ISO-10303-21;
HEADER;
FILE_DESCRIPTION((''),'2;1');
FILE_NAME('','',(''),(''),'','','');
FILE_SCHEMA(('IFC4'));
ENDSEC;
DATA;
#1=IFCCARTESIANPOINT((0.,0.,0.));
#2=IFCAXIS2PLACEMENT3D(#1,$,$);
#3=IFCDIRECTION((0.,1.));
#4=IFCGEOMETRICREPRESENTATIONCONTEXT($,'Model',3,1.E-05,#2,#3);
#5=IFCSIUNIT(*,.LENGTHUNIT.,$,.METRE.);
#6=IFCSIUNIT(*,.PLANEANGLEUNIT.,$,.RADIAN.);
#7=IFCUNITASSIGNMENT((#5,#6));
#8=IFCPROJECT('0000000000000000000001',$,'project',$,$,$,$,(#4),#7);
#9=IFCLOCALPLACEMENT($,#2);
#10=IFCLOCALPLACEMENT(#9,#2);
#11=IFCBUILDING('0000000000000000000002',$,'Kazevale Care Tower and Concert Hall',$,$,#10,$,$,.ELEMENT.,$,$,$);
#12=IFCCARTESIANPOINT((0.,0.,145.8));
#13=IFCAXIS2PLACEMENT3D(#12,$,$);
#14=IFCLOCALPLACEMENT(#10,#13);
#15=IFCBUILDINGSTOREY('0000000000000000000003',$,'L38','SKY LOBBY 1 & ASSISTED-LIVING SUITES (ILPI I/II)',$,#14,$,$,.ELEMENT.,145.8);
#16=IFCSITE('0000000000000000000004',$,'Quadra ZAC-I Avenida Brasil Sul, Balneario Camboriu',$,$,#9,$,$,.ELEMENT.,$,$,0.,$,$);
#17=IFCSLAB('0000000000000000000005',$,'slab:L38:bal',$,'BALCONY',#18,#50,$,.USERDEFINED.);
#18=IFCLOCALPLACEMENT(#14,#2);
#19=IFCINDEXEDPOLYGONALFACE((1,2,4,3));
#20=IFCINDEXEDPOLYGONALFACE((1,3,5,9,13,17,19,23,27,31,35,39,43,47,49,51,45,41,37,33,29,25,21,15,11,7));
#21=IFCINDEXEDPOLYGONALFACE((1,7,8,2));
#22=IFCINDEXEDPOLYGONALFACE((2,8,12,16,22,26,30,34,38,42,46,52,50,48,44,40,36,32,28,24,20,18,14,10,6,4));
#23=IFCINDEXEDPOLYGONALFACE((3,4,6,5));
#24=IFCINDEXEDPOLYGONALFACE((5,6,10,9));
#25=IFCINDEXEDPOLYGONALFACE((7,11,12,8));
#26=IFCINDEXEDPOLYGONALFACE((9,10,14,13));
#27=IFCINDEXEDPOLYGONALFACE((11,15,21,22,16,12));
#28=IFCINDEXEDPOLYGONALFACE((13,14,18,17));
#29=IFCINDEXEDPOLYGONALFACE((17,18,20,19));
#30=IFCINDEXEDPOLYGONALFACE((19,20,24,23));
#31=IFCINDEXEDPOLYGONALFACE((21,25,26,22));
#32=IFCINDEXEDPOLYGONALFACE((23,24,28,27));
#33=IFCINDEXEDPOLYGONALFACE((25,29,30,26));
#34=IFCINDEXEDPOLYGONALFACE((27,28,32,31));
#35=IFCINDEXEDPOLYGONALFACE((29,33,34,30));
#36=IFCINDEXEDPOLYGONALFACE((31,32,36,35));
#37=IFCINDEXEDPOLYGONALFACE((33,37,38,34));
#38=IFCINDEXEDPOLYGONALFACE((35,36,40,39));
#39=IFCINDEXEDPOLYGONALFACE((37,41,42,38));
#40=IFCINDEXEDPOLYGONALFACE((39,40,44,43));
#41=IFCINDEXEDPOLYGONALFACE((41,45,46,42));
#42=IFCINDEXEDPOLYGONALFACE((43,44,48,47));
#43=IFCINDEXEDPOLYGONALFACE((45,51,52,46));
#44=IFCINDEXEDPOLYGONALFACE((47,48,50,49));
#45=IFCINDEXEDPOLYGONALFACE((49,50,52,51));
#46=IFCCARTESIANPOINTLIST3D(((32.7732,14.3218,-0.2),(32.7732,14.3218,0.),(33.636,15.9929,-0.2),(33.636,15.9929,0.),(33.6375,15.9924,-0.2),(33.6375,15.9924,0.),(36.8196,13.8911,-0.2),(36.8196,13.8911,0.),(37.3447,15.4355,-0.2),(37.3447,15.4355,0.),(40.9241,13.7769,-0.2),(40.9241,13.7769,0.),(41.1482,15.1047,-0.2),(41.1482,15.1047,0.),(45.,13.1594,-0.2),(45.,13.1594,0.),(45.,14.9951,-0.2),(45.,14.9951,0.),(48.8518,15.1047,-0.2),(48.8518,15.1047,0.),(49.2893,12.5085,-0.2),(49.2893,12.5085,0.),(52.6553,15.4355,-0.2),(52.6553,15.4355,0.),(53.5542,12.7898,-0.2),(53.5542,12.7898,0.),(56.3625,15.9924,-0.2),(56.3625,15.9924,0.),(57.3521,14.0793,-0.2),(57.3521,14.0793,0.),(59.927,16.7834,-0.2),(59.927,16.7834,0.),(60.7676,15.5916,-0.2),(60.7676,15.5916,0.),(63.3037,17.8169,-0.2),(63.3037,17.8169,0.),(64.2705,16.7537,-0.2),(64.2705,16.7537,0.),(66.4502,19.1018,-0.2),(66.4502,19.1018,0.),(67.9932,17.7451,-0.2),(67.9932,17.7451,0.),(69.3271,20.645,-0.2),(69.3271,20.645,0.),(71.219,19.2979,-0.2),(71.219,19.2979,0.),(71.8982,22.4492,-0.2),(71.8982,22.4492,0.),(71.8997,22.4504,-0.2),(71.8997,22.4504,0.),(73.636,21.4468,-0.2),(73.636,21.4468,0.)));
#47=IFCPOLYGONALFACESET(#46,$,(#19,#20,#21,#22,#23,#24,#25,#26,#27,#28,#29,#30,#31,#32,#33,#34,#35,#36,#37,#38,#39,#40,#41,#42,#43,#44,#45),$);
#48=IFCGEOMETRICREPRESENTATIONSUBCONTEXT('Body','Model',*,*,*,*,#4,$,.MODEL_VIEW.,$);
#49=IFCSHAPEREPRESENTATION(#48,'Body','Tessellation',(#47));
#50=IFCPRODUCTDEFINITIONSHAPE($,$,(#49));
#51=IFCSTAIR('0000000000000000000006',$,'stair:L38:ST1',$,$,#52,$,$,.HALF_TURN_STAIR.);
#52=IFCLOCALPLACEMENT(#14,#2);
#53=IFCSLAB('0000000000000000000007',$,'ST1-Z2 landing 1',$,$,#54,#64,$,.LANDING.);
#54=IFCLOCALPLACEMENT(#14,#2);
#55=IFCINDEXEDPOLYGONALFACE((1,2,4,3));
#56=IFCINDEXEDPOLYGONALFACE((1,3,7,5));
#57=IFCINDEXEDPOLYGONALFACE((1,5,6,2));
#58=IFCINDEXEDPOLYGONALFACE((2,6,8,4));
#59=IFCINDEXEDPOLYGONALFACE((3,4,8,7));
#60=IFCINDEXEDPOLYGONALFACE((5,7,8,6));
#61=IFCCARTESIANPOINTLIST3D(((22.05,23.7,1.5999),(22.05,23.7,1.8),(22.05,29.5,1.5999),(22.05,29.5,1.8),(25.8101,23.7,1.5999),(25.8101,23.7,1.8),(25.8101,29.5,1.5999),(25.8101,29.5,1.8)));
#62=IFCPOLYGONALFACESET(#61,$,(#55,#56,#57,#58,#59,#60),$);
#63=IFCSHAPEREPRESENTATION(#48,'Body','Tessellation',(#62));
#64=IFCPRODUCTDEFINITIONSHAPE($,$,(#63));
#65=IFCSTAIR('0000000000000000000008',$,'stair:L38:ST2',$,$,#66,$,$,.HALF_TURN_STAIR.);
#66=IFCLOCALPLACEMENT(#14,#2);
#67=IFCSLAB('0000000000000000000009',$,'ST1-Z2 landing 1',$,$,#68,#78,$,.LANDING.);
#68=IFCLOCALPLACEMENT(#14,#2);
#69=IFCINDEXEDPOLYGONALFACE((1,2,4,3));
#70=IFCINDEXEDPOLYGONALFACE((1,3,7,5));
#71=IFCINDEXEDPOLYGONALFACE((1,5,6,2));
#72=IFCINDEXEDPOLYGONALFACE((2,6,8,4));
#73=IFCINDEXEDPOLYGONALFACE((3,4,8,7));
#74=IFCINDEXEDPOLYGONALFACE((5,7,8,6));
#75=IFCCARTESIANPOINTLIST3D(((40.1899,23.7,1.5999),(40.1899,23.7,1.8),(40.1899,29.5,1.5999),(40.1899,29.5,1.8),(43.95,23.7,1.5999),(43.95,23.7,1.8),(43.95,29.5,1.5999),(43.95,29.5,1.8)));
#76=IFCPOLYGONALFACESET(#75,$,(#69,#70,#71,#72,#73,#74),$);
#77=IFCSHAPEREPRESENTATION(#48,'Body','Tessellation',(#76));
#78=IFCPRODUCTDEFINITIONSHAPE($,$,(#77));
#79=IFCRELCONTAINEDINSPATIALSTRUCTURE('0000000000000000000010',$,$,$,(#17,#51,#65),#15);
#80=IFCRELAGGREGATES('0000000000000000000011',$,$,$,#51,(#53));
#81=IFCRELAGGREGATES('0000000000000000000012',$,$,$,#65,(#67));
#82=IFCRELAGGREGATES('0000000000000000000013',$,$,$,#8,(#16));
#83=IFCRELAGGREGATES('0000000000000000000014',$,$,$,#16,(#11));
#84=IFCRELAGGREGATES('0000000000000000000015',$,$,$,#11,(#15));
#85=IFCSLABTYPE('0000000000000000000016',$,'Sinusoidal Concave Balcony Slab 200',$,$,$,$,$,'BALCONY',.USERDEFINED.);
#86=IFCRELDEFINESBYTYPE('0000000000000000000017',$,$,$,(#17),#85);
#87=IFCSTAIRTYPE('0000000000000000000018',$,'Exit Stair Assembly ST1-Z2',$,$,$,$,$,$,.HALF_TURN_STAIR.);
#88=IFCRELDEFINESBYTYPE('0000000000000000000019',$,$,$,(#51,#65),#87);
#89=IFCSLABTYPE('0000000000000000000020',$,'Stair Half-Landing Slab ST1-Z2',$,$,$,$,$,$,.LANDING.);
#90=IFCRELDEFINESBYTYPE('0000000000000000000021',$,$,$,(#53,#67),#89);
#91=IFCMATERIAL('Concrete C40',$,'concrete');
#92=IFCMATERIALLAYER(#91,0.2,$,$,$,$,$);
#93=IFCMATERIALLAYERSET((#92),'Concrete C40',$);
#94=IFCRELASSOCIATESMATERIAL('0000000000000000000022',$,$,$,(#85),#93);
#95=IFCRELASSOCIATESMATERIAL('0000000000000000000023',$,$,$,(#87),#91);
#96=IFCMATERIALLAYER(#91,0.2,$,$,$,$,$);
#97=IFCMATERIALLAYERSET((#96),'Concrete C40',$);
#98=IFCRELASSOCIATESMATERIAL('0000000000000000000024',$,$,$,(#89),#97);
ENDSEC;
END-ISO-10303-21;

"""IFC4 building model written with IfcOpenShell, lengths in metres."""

from ifc_helpers import new_model, si_unit, direction, frame, origin, place, context, subcontext, project, spatial, polyline, outline, extrude, material, layer, layer_set, type_object, element, aggregate, save


model = new_model("IFC4")

# Units and contexts
model_context = context("Model", 3, precision=1e-05, world=origin(), true_north=direction((0.0, 1.0)))
body_context = subcontext(model_context, "Body", "Model", "MODEL_VIEW")
ifc_project = project(units=[si_unit("LENGTHUNIT", "METRE"), si_unit("PLANEANGLEUNIT", "RADIAN")], contexts=[model_context])

# Site, building, storey
site_placement = place(None, origin())
site = spatial("IfcSite", under=ifc_project, at=site_placement, Name="Quadra ZAC-I Avenida Brasil Sul, Balneario Camboriu", CompositionType="ELEMENT", RefElevation=0.0)
building_placement = place(site_placement, origin())
building = spatial("IfcBuilding", under=site, at=building_placement, Name="Kazevale Care Tower and Concert Hall", CompositionType="ELEMENT")
storey_placement = place(building_placement, frame((0.0, 0.0, 145.8)))
storey = spatial("IfcBuildingStorey", under=building, at=storey_placement, Name="L38", Description="SKY LOBBY 1 & ASSISTED-LIVING SUITES (ILPI I/II)", CompositionType="ELEMENT", Elevation=145.8)

# Slab
ifc_material_1 = material(Name="Concrete C40", Category="concrete")
ifc_layer_1 = layer(ifc_material_1, 0.2)
ifc_layer_set_1 = layer_set([ifc_layer_1], Name="Concrete C40")
slab_type_1 = type_object("IfcSlabType", Name="Sinusoidal Concave Balcony Slab 200", ElementType="BALCONY", PredefinedType="USERDEFINED", material=ifc_layer_set_1)
slab_1_placement = place(storey_placement, frame((0.0, 0.0, -0.2)))
element("IfcSlab", 1, at=slab_1_placement, inside=storey, type_object=slab_type_1, Name="slab:L38:bal", ObjectType="BALCONY", PredefinedType="USERDEFINED", context=body_context, shape_type="SweptSolid", body=[
    extrude(outline(polyline([(73.636, 21.4468), (71.219, 19.2979), (67.9932, 17.7451), (64.2705, 16.7537), (60.7676, 15.5916), (57.3521, 14.0793), (53.5542, 12.7898), (49.2893, 12.5085), (45.0, 13.1594), (40.9241, 13.7769), (36.8196, 13.8911), (32.7732, 14.3218), (33.636, 15.9929), (33.6375, 15.9924), (37.3447, 15.4355), (41.1482, 15.1047), (45.0, 14.9951), (48.8518, 15.1047), (52.6553, 15.4355), (56.3625, 15.9924), (59.927, 16.7834), (63.3037, 17.8169), (66.4502, 19.1018), (69.3271, 20.645), (71.8982, 22.4492), (71.8997, 22.4504), (73.636, 21.4468)])), origin(), (0.0, 0.0, 1.0), 0.2),
])

# Stairs, slabs
stair_type = type_object("IfcStairType", Name="Exit Stair Assembly ST1-Z2", PredefinedType="HALF_TURN_STAIR", material=ifc_material_1)
stair_1_placement = place(storey_placement, origin())
stair_1 = element("IfcStair", 2, at=stair_1_placement, inside=storey, type_object=stair_type, Name="stair:L38:ST1", PredefinedType="HALF_TURN_STAIR")
ifc_layer_2 = layer(ifc_material_1, 0.2)
ifc_layer_set_2 = layer_set([ifc_layer_2], Name="Concrete C40")
slab_type_2 = type_object("IfcSlabType", Name="Stair Half-Landing Slab ST1-Z2", PredefinedType="LANDING", material=ifc_layer_set_2)
slab_2_placement = place(storey_placement, frame((0.0, 0.0, 1.5999)))
slab_2 = element("IfcSlab", 3, at=slab_2_placement, type_object=slab_type_2, Name="ST1-Z2 landing 1", PredefinedType="LANDING", context=body_context, shape_type="SweptSolid", body=[
    extrude(outline(polyline([(22.05, 23.7), (25.8101, 23.7), (25.8101, 29.5), (22.05, 29.5), (22.05, 23.7)])), origin(), (0.0, 0.0, 1.0), 0.2002),
])
aggregate(stair_1, [slab_2])
stair_2_placement = place(storey_placement, origin())
stair_2 = element("IfcStair", 4, at=stair_2_placement, inside=storey, type_object=stair_type, Name="stair:L38:ST2", PredefinedType="HALF_TURN_STAIR")
slab_3_placement = place(storey_placement, frame((0.0, 0.0, 1.5999)))
slab_3 = element("IfcSlab", 5, at=slab_3_placement, type_object=slab_type_2, Name="ST1-Z2 landing 1", PredefinedType="LANDING", context=body_context, shape_type="SweptSolid", body=[
    extrude(outline(polyline([(40.1899, 23.7), (43.95, 23.7), (43.95, 29.5), (40.1899, 29.5), (40.1899, 23.7)])), origin(), (0.0, 0.0, 1.0), 0.2002),
])
aggregate(stair_2, [slab_3])

save(model, "model.ifc")
